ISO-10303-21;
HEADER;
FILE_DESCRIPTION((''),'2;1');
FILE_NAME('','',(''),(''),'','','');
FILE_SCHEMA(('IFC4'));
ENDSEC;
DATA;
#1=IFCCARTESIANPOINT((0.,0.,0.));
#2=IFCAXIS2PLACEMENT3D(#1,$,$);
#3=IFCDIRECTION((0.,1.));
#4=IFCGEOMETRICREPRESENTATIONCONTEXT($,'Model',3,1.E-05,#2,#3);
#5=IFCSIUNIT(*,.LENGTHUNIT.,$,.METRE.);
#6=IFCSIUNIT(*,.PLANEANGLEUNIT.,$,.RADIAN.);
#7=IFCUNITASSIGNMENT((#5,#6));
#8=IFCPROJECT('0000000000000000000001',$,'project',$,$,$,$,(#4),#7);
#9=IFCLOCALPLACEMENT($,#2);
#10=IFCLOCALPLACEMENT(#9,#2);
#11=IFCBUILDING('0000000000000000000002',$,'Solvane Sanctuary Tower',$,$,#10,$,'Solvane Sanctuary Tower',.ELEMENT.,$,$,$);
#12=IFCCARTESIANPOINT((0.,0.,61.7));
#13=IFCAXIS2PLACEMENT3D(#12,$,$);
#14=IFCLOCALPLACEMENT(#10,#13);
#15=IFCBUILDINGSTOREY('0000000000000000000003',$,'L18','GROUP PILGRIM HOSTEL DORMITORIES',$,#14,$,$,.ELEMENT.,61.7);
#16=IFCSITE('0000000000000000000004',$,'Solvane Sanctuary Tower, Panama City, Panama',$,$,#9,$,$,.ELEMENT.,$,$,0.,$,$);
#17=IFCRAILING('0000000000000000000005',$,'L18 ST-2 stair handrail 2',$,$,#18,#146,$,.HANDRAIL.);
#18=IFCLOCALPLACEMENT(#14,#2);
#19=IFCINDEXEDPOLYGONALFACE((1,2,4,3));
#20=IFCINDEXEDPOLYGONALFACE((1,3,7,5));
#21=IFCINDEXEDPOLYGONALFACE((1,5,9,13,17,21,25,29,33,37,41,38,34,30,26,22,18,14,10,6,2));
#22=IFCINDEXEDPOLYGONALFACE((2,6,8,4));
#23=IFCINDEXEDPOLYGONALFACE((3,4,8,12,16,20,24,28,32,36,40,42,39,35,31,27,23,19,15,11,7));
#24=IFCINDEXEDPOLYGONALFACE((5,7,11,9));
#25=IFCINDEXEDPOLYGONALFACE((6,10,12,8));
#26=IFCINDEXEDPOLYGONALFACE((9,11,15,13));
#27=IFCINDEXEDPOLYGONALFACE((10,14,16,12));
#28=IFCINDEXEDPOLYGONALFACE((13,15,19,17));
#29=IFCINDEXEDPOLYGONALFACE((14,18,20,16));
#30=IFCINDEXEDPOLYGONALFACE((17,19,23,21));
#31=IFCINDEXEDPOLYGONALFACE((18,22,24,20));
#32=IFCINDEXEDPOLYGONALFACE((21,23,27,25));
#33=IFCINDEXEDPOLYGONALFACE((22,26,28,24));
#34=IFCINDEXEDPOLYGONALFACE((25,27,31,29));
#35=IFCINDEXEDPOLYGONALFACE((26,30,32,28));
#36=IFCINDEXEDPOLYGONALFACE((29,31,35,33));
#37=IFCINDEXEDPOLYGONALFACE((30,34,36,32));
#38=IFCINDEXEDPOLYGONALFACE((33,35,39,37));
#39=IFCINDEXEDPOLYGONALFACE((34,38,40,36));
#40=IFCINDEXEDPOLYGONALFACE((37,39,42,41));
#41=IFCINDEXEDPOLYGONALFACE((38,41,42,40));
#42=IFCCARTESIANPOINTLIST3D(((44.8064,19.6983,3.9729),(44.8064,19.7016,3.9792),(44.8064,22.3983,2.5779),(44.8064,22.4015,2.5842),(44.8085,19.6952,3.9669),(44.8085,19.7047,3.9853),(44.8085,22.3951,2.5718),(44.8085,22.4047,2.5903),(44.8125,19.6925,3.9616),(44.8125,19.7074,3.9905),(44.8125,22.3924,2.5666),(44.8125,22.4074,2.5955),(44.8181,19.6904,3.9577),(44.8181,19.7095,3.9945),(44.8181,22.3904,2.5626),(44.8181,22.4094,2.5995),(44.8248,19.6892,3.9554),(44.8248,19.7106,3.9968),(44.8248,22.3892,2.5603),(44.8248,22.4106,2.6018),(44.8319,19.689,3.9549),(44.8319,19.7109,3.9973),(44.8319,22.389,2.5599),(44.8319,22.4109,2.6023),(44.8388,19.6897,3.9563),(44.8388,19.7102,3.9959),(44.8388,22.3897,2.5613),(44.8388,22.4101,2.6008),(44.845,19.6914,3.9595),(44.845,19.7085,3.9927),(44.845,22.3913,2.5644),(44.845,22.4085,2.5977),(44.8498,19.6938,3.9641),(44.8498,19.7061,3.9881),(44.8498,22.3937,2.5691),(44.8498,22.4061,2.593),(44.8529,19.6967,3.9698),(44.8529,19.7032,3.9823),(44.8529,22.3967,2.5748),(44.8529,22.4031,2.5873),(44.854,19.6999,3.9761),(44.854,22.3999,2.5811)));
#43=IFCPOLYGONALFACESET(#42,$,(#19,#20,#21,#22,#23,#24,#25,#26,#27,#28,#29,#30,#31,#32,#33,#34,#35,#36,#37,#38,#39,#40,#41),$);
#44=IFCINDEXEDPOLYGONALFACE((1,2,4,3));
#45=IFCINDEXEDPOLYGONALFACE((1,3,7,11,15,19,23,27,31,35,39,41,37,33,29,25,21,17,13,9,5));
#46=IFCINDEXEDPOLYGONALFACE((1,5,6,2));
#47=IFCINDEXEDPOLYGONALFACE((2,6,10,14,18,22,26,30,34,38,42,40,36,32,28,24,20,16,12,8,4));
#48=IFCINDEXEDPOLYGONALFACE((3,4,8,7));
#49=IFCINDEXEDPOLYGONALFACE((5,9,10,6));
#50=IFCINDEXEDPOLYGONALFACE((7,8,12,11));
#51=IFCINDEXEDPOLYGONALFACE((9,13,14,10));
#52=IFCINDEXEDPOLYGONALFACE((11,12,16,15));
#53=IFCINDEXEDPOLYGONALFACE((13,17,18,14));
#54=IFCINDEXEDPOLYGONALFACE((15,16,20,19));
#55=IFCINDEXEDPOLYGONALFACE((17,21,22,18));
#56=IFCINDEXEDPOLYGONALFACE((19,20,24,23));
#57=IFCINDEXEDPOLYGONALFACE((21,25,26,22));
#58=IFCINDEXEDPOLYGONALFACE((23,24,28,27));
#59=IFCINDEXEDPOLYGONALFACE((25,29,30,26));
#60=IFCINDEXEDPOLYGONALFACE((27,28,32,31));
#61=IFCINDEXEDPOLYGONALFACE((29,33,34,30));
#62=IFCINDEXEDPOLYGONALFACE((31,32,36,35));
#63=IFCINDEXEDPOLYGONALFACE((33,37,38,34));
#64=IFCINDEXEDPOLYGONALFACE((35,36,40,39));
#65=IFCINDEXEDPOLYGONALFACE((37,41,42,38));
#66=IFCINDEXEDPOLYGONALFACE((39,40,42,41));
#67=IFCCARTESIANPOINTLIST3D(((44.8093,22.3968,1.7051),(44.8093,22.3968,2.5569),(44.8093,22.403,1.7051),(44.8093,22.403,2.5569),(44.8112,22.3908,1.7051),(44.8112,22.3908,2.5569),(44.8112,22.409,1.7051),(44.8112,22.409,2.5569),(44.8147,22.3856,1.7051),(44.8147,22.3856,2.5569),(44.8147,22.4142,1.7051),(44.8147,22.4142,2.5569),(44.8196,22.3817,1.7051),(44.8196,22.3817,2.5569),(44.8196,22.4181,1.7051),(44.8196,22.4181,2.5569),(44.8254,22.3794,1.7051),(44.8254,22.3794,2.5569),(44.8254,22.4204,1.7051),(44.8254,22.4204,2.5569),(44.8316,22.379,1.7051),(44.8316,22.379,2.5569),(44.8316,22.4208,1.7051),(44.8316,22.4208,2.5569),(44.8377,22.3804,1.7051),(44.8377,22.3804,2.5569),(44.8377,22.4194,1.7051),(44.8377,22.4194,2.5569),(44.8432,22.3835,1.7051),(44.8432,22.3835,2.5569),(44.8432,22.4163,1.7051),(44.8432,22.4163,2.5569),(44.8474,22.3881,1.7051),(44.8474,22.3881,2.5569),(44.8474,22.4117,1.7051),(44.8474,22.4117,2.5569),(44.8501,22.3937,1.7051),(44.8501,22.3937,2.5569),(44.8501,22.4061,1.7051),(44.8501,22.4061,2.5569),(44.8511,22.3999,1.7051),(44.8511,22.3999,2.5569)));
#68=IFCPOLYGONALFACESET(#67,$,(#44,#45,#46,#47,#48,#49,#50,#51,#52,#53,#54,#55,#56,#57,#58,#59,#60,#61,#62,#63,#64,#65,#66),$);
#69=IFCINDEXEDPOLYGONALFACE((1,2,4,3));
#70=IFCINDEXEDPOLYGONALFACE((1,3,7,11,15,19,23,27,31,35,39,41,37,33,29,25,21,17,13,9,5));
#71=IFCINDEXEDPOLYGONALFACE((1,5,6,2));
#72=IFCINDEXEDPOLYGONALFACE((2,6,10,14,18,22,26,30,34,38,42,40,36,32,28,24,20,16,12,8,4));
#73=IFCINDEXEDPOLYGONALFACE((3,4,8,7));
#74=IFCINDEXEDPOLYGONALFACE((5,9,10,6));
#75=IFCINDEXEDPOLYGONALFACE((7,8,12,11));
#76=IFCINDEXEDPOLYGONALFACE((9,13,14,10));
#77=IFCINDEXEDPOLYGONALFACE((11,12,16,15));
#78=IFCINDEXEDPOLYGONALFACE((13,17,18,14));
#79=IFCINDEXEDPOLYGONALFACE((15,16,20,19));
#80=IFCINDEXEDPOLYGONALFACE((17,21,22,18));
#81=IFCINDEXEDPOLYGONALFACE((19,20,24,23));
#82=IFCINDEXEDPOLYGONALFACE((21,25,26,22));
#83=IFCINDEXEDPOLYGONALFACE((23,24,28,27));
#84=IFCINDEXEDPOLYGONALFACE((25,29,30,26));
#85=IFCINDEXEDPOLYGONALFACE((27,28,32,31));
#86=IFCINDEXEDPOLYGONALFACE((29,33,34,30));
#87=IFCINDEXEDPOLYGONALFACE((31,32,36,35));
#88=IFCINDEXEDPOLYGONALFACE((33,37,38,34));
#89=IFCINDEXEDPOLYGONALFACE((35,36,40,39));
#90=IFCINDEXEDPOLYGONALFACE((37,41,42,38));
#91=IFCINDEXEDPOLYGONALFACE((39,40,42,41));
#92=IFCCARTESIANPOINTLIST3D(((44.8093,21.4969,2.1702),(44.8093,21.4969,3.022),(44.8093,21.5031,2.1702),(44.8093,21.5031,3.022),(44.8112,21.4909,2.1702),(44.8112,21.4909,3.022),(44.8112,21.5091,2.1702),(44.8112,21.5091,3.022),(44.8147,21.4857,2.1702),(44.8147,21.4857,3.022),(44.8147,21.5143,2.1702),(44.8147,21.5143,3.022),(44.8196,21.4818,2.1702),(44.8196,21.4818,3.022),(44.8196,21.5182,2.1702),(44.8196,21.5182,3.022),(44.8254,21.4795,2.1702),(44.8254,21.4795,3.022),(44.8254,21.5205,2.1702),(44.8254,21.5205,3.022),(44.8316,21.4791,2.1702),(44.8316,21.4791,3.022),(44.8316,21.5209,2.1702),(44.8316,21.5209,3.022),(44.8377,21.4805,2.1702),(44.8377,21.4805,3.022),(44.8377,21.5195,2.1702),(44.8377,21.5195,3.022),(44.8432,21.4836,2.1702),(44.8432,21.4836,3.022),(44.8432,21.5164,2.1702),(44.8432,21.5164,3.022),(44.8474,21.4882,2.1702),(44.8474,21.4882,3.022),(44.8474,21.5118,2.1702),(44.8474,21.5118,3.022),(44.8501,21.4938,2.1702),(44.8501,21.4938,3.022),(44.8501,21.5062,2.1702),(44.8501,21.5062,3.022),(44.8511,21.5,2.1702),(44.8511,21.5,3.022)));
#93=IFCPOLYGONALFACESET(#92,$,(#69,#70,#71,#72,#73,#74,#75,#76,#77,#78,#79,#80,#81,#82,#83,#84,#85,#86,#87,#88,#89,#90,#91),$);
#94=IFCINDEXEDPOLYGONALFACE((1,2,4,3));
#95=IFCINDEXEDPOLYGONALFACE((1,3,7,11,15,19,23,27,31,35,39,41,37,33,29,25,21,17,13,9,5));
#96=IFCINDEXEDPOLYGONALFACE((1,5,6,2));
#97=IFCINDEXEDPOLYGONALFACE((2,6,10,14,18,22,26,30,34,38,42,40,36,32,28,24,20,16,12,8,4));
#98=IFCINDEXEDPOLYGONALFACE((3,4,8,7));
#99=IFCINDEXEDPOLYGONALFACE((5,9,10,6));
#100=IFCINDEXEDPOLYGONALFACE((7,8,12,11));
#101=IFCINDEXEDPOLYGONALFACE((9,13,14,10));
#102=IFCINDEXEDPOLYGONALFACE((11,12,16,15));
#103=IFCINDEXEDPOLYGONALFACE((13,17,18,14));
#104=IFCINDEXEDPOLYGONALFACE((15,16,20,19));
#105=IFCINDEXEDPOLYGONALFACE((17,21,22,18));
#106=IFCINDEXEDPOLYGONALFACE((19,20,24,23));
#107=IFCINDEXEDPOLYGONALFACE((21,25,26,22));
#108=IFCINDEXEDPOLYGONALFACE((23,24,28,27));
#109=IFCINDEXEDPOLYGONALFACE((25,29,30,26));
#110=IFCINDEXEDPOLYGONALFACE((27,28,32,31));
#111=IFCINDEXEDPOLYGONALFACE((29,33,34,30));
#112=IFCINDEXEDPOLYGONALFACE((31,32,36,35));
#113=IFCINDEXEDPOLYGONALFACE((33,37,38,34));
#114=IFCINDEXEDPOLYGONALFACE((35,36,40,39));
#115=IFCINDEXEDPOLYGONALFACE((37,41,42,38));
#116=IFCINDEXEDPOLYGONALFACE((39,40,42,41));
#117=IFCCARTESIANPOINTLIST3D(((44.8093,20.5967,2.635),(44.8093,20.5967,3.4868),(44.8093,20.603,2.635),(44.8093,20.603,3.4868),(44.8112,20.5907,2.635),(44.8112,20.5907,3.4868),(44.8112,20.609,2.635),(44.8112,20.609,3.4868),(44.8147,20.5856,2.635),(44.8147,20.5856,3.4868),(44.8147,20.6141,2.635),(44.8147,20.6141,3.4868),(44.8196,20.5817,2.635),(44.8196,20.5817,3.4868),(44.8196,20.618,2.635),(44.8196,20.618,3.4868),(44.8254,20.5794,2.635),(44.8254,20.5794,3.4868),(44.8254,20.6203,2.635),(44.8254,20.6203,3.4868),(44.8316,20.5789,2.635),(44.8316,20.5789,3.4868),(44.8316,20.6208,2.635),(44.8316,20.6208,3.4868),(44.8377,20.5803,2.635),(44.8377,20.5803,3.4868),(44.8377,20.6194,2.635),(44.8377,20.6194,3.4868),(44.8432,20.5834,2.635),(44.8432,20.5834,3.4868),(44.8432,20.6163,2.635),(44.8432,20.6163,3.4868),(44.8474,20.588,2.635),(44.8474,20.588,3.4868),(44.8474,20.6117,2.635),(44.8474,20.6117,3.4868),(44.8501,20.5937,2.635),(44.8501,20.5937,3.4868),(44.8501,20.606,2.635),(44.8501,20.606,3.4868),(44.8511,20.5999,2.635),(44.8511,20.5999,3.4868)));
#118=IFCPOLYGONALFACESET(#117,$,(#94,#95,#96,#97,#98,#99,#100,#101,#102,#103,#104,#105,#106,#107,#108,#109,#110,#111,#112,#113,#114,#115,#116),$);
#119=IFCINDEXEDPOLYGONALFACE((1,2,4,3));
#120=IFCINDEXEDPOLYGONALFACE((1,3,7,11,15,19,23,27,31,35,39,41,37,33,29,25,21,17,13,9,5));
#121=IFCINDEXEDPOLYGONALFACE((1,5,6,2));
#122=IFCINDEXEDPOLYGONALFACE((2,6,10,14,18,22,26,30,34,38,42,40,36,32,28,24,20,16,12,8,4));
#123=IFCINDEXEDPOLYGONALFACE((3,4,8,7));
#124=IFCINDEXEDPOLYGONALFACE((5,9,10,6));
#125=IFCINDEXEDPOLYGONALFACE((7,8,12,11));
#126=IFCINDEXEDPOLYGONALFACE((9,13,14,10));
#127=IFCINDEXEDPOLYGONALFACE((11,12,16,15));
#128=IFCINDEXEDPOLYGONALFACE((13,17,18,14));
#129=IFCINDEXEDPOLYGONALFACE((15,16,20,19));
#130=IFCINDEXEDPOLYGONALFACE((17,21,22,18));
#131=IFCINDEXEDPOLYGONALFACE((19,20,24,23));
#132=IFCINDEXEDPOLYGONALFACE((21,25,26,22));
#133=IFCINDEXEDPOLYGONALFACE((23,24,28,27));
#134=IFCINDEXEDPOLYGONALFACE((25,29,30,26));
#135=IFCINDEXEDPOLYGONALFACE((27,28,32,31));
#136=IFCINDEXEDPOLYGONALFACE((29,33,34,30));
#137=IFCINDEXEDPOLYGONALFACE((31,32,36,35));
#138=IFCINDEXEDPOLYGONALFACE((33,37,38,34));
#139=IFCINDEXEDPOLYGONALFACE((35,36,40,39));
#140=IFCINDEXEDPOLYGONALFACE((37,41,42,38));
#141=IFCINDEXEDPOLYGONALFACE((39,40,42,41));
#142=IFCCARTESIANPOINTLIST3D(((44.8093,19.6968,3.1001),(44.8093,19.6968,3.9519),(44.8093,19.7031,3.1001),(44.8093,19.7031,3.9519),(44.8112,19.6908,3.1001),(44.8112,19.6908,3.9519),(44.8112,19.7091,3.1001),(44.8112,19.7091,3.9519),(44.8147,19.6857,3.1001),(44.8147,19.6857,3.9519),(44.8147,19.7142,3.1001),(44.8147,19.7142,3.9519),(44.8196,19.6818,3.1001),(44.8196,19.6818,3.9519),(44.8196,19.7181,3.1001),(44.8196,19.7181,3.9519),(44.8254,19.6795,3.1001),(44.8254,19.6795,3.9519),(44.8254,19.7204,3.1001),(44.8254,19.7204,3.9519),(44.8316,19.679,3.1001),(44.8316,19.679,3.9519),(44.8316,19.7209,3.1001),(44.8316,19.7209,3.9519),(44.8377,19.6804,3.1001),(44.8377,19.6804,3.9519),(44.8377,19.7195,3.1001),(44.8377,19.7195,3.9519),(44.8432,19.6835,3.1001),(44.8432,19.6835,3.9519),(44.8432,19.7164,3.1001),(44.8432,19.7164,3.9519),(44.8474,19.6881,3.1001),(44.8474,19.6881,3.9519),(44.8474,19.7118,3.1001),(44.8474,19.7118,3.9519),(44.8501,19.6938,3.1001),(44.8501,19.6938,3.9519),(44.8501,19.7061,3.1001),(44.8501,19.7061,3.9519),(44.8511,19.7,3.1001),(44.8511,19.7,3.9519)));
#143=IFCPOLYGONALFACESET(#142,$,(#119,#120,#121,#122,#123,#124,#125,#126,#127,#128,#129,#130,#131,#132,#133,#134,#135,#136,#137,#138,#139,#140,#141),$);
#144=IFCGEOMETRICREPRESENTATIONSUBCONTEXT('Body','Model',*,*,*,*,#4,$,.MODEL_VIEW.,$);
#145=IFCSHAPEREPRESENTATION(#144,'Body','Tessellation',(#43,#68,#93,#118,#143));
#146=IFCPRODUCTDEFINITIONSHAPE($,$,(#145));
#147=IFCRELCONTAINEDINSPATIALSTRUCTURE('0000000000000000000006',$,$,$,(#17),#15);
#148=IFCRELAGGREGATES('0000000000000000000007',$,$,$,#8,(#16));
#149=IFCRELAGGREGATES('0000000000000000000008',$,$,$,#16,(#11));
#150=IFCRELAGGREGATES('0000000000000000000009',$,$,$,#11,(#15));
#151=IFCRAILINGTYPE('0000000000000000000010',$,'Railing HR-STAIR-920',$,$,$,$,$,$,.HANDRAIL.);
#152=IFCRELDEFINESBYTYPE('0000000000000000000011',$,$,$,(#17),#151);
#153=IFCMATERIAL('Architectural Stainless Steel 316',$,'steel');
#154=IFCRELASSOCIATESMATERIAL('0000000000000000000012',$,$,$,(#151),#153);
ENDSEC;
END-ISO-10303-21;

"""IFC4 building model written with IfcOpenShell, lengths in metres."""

from ifc_helpers import new_model, si_unit, direction, frame, origin, origin_2d, place, context, subcontext, project, spatial, circle, extrude, material, type_object, element, save


model = new_model("IFC4")

# Units and contexts
model_context = context("Model", 3, precision=1e-05, world=origin(), true_north=direction((0.0, 1.0)))
body_context = subcontext(model_context, "Body", "Model", "MODEL_VIEW")
ifc_project = project(units=[si_unit("LENGTHUNIT", "METRE"), si_unit("PLANEANGLEUNIT", "RADIAN")], contexts=[model_context])

# Site, building, storey
site_placement = place(None, origin())
site = spatial("IfcSite", under=ifc_project, at=site_placement, Name="Solvane Sanctuary Tower, Panama City, Panama", CompositionType="ELEMENT", RefElevation=0.0)
building_placement = place(site_placement, origin())
building = spatial("IfcBuilding", under=site, at=building_placement, Name="Solvane Sanctuary Tower", LongName="Solvane Sanctuary Tower", CompositionType="ELEMENT")
storey_placement = place(building_placement, frame((0.0, 0.0, 61.7)))
storey = spatial("IfcBuildingStorey", under=building, at=storey_placement, Name="L18", Description="GROUP PILGRIM HOSTEL DORMITORIES", CompositionType="ELEMENT", Elevation=61.7)

# Shared definitions
ifc_material_1 = material(Name="Architectural Stainless Steel 316", Category="steel")

# Railing
railing_type_1 = type_object("IfcRailingType", Name="Railing HR-STAIR-920", PredefinedType="HANDRAIL", material=ifc_material_1)
railing_1_placement = place(storey_placement, frame((44.8301, 22.3999, 1.7051)))
element("IfcRailing", 1, at=railing_1_placement, inside=storey, type_object=railing_type_1, Name="L18 ST-2 stair handrail 2", PredefinedType="HANDRAIL", context=body_context, shape_type="SweptSolid", body=[
    extrude(circle(Radius=0.0239, at=origin_2d()), frame((0.0, 0.0, 0.876), z_axis=(0.0, -0.88842, 0.459032), x_axis=(1.0, 0.0, 0.0)), (0.0, 0.0, 1.0), 3.0391),
    extrude(circle(Radius=0.021, at=origin_2d()), origin(), (0.0, 0.0, 1.0), 0.8518),
    extrude(circle(Radius=0.021, at=origin_2d()), frame((0.0, -0.8999, 0.4651)), (0.0, 0.0, 1.0), 0.8518),
    extrude(circle(Radius=0.021, at=origin_2d()), frame((0.0, -1.8, 0.9299)), (0.0, 0.0, 1.0), 0.8518),
    extrude(circle(Radius=0.021, at=origin_2d()), frame((0.0, -2.7, 1.395)), (0.0, 0.0, 1.0), 0.8518),
])

save(model, "model.ifc")
